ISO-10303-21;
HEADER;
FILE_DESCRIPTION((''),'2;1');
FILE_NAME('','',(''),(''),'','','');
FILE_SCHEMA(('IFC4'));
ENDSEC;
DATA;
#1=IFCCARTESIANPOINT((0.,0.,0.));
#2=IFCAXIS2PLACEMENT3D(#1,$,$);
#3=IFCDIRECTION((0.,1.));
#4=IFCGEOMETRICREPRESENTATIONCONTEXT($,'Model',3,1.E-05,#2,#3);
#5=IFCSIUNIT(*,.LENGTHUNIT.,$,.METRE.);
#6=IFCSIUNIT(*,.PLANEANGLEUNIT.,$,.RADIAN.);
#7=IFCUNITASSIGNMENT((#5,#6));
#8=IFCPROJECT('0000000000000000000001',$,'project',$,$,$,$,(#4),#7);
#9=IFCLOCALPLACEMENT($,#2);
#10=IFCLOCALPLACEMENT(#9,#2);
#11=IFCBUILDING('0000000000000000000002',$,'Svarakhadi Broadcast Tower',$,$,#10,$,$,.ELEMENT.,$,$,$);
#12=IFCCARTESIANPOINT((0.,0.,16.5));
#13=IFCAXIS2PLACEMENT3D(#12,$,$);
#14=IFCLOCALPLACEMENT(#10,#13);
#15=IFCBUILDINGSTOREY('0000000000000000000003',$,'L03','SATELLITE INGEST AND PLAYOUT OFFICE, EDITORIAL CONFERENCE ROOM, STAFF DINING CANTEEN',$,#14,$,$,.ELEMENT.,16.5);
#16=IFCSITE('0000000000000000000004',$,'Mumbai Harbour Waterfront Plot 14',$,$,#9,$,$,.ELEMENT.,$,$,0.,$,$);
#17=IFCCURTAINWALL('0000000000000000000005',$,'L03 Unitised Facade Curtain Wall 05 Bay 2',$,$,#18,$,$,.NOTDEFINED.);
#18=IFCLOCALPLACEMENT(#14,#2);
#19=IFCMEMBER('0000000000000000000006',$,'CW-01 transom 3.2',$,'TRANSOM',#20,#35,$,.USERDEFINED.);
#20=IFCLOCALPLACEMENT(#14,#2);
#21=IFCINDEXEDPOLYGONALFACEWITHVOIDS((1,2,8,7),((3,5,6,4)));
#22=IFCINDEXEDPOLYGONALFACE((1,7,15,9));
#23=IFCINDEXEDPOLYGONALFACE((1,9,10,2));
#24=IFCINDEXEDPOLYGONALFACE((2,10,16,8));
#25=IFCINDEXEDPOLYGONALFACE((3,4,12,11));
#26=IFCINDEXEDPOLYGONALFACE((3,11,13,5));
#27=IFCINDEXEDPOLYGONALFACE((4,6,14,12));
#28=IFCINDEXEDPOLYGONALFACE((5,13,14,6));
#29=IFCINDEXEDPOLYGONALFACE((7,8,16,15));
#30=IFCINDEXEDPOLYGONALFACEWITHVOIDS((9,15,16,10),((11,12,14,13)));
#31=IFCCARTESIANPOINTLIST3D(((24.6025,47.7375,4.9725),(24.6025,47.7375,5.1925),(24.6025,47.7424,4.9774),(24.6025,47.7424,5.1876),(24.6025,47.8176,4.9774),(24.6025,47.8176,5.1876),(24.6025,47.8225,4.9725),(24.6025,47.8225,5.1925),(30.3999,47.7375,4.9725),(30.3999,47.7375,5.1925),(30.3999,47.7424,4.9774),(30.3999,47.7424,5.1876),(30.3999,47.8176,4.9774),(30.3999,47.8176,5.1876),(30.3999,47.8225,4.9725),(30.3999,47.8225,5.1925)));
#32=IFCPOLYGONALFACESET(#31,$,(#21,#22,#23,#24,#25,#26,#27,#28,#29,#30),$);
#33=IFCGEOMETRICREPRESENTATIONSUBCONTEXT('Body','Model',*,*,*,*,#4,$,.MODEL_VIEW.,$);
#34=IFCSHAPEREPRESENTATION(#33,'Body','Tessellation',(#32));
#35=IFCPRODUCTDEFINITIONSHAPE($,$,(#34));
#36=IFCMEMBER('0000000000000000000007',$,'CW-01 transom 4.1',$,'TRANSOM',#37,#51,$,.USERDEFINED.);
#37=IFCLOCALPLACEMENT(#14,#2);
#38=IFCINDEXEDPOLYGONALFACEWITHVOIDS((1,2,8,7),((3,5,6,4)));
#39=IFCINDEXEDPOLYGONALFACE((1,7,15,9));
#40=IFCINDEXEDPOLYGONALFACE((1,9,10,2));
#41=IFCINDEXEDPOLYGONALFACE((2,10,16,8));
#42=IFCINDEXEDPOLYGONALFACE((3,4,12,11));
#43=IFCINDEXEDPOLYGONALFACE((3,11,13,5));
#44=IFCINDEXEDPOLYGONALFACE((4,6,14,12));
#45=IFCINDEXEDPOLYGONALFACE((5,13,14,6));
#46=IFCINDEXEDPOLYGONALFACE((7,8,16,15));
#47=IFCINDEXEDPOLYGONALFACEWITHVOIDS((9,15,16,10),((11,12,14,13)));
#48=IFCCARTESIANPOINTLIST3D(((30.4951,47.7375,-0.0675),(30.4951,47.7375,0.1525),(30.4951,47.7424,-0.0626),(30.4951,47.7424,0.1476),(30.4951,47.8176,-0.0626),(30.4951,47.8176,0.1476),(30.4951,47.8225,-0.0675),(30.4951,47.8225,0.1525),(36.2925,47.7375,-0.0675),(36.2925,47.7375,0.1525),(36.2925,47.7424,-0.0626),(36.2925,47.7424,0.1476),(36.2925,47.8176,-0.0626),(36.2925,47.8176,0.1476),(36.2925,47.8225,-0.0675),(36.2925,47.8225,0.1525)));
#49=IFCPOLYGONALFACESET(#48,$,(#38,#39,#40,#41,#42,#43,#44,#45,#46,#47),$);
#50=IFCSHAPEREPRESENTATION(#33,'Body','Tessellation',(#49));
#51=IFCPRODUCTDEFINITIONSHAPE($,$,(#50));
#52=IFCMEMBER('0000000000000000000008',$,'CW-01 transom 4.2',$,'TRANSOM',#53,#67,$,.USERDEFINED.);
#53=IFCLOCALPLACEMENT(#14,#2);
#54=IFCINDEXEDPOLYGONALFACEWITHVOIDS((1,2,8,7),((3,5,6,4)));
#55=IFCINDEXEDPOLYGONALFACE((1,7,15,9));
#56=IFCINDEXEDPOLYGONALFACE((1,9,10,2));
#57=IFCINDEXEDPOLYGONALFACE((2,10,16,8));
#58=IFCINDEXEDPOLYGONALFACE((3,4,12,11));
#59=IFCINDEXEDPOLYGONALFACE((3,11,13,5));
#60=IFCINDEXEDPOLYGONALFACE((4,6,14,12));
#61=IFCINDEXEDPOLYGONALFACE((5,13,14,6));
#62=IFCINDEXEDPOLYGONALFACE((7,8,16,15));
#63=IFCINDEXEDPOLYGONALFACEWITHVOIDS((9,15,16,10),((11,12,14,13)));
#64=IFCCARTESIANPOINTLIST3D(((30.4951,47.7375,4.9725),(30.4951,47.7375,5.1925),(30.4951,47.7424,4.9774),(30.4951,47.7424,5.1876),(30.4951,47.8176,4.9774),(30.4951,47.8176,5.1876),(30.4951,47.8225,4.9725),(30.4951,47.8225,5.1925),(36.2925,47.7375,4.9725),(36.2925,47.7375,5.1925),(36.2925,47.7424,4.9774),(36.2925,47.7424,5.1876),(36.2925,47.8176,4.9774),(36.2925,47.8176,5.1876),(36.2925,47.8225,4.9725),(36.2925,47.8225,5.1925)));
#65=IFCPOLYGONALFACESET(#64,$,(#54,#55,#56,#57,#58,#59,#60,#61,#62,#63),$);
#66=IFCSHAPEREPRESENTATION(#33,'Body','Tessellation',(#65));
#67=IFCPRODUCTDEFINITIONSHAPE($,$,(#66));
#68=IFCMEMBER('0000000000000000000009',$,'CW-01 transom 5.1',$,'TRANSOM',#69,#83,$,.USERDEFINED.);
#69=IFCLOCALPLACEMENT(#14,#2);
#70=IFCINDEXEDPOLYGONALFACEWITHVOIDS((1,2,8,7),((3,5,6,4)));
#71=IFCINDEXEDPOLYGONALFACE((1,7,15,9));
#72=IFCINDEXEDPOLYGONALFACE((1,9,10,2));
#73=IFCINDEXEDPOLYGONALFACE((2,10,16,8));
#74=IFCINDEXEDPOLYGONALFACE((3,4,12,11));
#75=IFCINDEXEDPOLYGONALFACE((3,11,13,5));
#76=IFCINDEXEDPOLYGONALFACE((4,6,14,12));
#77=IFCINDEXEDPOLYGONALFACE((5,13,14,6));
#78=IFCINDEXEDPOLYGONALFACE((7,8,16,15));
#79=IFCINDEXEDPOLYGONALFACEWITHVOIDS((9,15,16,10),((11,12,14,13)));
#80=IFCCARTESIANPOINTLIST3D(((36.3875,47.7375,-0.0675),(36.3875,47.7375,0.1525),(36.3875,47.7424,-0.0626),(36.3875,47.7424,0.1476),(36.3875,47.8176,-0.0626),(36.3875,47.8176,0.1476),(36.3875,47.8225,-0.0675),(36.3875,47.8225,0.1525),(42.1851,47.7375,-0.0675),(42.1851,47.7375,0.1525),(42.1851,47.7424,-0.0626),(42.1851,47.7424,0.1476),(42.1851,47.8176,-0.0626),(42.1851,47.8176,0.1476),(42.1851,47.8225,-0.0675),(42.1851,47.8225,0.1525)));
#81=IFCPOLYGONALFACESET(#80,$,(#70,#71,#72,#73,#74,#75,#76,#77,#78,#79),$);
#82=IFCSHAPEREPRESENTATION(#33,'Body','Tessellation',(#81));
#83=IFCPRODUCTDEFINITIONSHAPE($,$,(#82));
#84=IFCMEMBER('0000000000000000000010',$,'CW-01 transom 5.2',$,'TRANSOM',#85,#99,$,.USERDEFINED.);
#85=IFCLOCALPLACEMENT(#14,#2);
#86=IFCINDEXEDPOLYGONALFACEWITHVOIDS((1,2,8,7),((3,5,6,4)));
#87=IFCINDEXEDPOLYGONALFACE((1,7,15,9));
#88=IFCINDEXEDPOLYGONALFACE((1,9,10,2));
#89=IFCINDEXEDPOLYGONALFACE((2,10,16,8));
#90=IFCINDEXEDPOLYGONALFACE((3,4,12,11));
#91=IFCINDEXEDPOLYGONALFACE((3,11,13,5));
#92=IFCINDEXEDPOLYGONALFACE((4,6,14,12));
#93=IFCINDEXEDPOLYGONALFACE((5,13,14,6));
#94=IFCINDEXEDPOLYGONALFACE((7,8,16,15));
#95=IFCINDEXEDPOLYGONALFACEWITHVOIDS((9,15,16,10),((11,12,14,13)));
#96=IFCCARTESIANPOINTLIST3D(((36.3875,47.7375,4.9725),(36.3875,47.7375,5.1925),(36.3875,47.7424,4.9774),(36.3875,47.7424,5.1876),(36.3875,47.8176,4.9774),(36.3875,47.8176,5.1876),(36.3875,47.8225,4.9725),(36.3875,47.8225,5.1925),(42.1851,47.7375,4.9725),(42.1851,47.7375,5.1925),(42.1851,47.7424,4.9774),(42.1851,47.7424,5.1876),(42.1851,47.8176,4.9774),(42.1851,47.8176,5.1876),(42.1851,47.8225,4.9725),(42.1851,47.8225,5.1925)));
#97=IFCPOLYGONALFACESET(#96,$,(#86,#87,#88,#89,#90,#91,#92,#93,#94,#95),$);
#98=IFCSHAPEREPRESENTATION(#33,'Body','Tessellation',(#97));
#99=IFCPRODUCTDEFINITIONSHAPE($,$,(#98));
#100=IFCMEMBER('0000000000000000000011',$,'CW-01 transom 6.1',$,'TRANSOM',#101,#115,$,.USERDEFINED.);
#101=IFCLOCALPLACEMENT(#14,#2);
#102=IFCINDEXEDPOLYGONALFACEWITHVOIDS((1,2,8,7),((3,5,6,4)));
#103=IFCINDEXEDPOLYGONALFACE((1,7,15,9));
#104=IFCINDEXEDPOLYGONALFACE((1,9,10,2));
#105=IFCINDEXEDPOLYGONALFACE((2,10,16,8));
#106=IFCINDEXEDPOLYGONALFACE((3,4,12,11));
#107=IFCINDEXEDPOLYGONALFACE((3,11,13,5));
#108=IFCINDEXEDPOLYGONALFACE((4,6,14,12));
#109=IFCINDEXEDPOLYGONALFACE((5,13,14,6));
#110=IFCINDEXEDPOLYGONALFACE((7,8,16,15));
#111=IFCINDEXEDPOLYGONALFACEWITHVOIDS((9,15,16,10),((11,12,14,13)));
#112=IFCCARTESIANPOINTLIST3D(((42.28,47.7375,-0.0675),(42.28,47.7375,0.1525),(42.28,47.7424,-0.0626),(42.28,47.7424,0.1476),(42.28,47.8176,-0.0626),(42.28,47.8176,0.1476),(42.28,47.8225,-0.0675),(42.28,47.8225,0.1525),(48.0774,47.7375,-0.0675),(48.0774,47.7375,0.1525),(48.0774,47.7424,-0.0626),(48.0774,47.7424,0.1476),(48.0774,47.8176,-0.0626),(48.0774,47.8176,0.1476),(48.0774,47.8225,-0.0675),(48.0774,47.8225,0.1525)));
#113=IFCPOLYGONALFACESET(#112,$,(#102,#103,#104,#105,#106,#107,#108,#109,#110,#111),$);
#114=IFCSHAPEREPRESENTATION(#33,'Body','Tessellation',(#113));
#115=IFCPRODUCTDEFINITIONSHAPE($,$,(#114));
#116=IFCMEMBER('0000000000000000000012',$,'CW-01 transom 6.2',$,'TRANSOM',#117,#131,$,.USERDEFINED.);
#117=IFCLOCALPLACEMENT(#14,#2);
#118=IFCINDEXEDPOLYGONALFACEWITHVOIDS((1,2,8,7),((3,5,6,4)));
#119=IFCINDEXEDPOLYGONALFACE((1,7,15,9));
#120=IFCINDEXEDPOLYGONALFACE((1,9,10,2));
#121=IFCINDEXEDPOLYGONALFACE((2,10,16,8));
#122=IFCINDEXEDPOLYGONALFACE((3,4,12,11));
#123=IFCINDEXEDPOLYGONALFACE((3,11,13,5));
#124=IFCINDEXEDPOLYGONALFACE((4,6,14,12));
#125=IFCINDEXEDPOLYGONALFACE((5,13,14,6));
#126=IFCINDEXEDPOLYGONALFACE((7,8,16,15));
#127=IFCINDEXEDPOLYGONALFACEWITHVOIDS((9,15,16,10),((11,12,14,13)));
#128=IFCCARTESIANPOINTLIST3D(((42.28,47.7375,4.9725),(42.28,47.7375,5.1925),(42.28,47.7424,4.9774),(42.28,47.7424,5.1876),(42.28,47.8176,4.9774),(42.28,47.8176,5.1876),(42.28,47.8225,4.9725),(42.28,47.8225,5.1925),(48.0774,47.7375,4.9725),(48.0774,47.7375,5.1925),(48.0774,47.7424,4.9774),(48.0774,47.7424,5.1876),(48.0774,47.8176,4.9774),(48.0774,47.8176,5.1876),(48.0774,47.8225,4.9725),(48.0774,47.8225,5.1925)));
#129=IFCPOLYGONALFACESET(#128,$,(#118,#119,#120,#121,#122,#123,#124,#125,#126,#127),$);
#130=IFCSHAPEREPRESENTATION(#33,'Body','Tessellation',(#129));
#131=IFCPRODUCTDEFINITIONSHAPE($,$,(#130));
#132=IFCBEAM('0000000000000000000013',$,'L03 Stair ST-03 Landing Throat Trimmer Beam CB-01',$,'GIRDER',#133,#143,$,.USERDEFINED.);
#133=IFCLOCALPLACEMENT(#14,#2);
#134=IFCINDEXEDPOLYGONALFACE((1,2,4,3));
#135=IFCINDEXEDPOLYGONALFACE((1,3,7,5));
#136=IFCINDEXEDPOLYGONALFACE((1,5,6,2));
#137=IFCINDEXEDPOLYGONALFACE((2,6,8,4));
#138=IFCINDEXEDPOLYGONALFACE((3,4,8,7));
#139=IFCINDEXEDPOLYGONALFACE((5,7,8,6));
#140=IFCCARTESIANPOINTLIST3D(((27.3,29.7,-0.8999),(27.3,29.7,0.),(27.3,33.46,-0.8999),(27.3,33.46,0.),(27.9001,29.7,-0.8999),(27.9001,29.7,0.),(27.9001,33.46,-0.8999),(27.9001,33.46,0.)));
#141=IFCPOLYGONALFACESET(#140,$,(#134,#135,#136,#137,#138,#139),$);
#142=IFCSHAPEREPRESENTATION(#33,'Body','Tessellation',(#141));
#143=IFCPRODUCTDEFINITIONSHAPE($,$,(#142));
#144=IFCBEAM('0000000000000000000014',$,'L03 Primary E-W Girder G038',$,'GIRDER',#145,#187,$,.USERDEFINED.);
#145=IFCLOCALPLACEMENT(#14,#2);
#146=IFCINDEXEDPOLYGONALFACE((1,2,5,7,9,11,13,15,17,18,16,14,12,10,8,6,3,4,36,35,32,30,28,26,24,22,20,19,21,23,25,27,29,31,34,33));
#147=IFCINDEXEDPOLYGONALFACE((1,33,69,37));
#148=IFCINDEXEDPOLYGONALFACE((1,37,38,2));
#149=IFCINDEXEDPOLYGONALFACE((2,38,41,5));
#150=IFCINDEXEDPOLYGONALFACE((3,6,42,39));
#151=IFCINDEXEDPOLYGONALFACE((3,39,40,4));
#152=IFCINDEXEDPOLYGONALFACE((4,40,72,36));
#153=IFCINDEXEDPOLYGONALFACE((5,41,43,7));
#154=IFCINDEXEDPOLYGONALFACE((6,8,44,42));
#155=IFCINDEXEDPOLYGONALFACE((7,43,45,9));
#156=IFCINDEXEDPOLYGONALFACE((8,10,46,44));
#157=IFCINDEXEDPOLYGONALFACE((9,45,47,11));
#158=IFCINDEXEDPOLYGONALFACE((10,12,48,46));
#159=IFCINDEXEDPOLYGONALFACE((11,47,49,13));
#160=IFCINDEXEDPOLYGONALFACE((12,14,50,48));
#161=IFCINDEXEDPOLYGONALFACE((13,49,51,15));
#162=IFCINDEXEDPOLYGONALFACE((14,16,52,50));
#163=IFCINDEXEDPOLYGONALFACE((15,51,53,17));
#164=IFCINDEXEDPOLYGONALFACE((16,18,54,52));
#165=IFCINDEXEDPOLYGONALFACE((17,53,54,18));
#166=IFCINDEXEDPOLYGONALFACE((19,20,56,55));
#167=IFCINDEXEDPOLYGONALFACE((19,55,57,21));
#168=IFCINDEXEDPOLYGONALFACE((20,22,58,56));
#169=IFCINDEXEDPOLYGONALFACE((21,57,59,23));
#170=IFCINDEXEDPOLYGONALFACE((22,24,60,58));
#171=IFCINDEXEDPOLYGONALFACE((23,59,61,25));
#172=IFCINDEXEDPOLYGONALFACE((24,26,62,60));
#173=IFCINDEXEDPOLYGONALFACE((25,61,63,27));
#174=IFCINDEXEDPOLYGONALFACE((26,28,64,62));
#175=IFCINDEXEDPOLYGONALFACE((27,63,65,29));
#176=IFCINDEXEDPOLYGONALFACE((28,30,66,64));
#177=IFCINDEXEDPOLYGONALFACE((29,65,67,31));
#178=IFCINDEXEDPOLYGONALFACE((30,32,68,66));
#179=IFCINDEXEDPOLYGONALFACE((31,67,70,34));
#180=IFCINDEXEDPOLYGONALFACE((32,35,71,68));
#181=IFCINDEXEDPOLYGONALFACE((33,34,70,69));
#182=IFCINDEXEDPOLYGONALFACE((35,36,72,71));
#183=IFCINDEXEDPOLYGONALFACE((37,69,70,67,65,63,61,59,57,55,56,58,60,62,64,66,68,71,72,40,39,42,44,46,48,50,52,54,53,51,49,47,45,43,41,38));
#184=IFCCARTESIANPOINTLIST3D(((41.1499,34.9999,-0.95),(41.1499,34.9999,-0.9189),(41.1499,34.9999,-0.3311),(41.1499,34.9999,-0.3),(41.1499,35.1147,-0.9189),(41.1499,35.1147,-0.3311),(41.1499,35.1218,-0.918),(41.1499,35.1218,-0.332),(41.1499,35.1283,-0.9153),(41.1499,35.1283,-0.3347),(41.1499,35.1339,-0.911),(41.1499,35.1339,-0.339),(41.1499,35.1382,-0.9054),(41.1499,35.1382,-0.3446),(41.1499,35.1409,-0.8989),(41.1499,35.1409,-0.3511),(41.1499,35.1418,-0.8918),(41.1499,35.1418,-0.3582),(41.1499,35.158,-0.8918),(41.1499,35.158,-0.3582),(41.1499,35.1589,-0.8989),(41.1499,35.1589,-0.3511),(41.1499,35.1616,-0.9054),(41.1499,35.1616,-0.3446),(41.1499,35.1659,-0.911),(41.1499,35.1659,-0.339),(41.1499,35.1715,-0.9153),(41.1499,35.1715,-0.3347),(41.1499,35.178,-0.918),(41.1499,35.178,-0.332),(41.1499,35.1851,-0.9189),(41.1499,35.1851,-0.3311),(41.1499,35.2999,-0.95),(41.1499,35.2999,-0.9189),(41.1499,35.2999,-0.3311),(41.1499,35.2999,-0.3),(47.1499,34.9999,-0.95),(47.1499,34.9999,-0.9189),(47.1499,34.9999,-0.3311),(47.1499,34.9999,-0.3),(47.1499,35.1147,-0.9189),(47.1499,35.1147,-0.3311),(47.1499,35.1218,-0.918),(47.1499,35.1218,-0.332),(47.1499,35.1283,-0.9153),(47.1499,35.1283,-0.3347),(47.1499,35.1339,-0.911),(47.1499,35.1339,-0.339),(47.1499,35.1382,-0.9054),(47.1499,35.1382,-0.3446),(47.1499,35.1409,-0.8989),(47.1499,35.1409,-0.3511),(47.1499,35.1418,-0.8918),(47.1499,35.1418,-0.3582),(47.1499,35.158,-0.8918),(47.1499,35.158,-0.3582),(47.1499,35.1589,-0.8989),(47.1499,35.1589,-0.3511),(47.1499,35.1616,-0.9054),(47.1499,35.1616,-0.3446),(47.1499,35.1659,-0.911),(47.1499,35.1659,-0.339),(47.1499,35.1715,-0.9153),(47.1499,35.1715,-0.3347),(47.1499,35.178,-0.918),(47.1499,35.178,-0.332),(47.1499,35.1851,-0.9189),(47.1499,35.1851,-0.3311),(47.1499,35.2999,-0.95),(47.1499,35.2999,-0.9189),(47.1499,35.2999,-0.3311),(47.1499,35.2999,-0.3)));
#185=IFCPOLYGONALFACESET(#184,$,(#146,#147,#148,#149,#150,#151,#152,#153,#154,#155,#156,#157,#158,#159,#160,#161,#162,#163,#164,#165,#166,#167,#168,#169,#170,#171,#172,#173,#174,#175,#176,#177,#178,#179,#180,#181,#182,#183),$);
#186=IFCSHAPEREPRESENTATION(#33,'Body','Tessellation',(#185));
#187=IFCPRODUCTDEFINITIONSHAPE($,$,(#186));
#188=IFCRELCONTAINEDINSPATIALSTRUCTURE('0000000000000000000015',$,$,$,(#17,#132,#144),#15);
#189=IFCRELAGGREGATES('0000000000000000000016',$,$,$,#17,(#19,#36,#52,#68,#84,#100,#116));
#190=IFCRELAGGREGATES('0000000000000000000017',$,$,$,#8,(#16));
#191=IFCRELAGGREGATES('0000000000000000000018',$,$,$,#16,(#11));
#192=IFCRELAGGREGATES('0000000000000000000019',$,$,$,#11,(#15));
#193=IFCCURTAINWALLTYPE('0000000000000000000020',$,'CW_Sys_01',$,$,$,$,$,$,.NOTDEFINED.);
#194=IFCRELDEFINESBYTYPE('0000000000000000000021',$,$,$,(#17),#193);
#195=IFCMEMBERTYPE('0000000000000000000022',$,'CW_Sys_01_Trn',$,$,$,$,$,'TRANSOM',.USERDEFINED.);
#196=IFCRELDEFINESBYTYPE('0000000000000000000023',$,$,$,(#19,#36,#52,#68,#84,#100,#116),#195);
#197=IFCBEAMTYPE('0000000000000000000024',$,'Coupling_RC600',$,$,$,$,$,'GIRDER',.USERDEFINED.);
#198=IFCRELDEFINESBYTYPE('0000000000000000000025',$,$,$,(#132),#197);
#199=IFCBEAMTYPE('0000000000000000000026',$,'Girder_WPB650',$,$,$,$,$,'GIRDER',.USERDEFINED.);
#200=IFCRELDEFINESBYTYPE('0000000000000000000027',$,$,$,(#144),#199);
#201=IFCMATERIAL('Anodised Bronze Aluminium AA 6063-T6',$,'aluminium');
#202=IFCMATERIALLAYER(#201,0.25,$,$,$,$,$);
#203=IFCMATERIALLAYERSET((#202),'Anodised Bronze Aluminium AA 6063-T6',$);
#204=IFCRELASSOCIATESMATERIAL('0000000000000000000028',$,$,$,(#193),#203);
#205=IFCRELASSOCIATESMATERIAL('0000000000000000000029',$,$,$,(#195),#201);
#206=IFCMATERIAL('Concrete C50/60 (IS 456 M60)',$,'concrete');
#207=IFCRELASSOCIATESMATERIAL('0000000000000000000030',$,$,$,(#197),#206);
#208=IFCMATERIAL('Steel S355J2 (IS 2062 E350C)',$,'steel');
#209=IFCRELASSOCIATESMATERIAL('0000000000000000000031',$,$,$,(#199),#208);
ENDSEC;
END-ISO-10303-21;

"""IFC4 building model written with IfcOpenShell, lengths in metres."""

from ifc_helpers import new_model, si_unit, direction, frame, origin, origin_2d, place, context, subcontext, project, spatial, rectangle, hollow_rectangle, i_section, extrude, material, layer, layer_set, material_profile, profile_set, type_object, element, aggregate, save


model = new_model("IFC4")

# Units and contexts
model_context = context("Model", 3, precision=1e-05, world=origin(), true_north=direction((0.0, 1.0)))
body_context = subcontext(model_context, "Body", "Model", "MODEL_VIEW")
ifc_project = project(units=[si_unit("LENGTHUNIT", "METRE"), si_unit("PLANEANGLEUNIT", "RADIAN")], contexts=[model_context])

# Site, building, storey
site_placement = place(None, origin())
site = spatial("IfcSite", under=ifc_project, at=site_placement, Name="Mumbai Harbour Waterfront Plot 14", CompositionType="ELEMENT", RefElevation=0.0)
building_placement = place(site_placement, origin())
building = spatial("IfcBuilding", under=site, at=building_placement, Name="Svarakhadi Broadcast Tower", CompositionType="ELEMENT")
storey_placement = place(building_placement, frame((0.0, 0.0, 16.5)))
storey = spatial("IfcBuildingStorey", under=building, at=storey_placement, Name="L03", Description="SATELLITE INGEST AND PLAYOUT OFFICE, EDITORIAL CONFERENCE ROOM, STAFF DINING CANTEEN", CompositionType="ELEMENT", Elevation=16.5)

# Shared definitions
ifc_material_1 = material(Name="Steel S355J2 (IS 2062 E350C)", Category="steel")

# Curtain wall, members
ifc_material_2 = material(Name="Anodised Bronze Aluminium AA 6063-T6", Category="aluminium")
ifc_layer_1 = layer(ifc_material_2, 0.25)
ifc_layer_set_1 = layer_set([ifc_layer_1], Name="Anodised Bronze Aluminium AA 6063-T6")
curtain_wall_type = type_object("IfcCurtainWallType", Name="CW_Sys_01", PredefinedType="NOTDEFINED", material=ifc_layer_set_1)
curtain_wall_placement = place(storey_placement, origin())
curtain_wall = element("IfcCurtainWall", 1, at=curtain_wall_placement, inside=storey, type_object=curtain_wall_type, Name="L03 Unitised Facade Curtain Wall 05 Bay 2", PredefinedType="NOTDEFINED")
ifc_material_profile_1 = material_profile(ifc_material_2, hollow_rectangle(XDim=0.085, YDim=0.22, WallThickness=0.0049, at=origin_2d()), Name="ALU TRANSOM 220x85x5")
ifc_profile_set_1 = profile_set([ifc_material_profile_1], Name="Anodised Bronze Aluminium AA 6063-T6")
member_type_1 = type_object("IfcMemberType", Name="CW_Sys_01_Trn", ElementType="TRANSOM", PredefinedType="USERDEFINED", material=ifc_profile_set_1)
member_1_placement = place(storey_placement, frame((24.6025, 47.78, 5.0825), z_axis=(1.0, 0.0, 0.0), x_axis=(0.0, 1.0, 0.0)))
member_1 = element("IfcMember", 2, at=member_1_placement, type_object=member_type_1, Name="CW-01 transom 3.2", ObjectType="TRANSOM", PredefinedType="USERDEFINED", context=body_context, shape_type="SweptSolid", body=[
    extrude(hollow_rectangle(XDim=0.085, YDim=0.22, WallThickness=0.0049, at=origin_2d()), origin(), (0.0, 0.0, 1.0), 5.7974),
])
member_2_placement = place(storey_placement, frame((30.4951, 47.78, 0.0425), z_axis=(1.0, 0.0, 0.0), x_axis=(0.0, 1.0, 0.0)))
member_2 = element("IfcMember", 3, at=member_2_placement, type_object=member_type_1, Name="CW-01 transom 4.1", ObjectType="TRANSOM", PredefinedType="USERDEFINED", context=body_context, shape_type="SweptSolid", body=[
    extrude(hollow_rectangle(XDim=0.085, YDim=0.22, WallThickness=0.0049, at=origin_2d()), origin(), (0.0, 0.0, 1.0), 5.7974),
])
member_3_placement = place(storey_placement, frame((30.4951, 47.78, 5.0825), z_axis=(1.0, 0.0, 0.0), x_axis=(0.0, 1.0, 0.0)))
member_3 = element("IfcMember", 4, at=member_3_placement, type_object=member_type_1, Name="CW-01 transom 4.2", ObjectType="TRANSOM", PredefinedType="USERDEFINED", context=body_context, shape_type="SweptSolid", body=[
    extrude(hollow_rectangle(XDim=0.085, YDim=0.22, WallThickness=0.0049, at=origin_2d()), origin(), (0.0, 0.0, 1.0), 5.7974),
])
member_4_placement = place(storey_placement, frame((36.3875, 47.78, 0.0425), z_axis=(1.0, 0.0, 0.0), x_axis=(0.0, 1.0, 0.0)))
member_4 = element("IfcMember", 5, at=member_4_placement, type_object=member_type_1, Name="CW-01 transom 5.1", ObjectType="TRANSOM", PredefinedType="USERDEFINED", context=body_context, shape_type="SweptSolid", body=[
    extrude(hollow_rectangle(XDim=0.085, YDim=0.22, WallThickness=0.0049, at=origin_2d()), origin(), (0.0, 0.0, 1.0), 5.7976),
])
member_5_placement = place(storey_placement, frame((36.3875, 47.78, 5.0825), z_axis=(1.0, 0.0, 0.0), x_axis=(0.0, 1.0, 0.0)))
member_5 = element("IfcMember", 6, at=member_5_placement, type_object=member_type_1, Name="CW-01 transom 5.2", ObjectType="TRANSOM", PredefinedType="USERDEFINED", context=body_context, shape_type="SweptSolid", body=[
    extrude(hollow_rectangle(XDim=0.085, YDim=0.22, WallThickness=0.0049, at=origin_2d()), origin(), (0.0, 0.0, 1.0), 5.7976),
])
member_6_placement = place(storey_placement, frame((42.28, 47.78, 0.0425), z_axis=(1.0, 0.0, 0.0), x_axis=(0.0, 1.0, 0.0)))
member_6 = element("IfcMember", 7, at=member_6_placement, type_object=member_type_1, Name="CW-01 transom 6.1", ObjectType="TRANSOM", PredefinedType="USERDEFINED", context=body_context, shape_type="SweptSolid", body=[
    extrude(hollow_rectangle(XDim=0.085, YDim=0.22, WallThickness=0.0049, at=origin_2d()), origin(), (0.0, 0.0, 1.0), 5.7974),
])
member_7_placement = place(storey_placement, frame((42.28, 47.78, 5.0825), z_axis=(1.0, 0.0, 0.0), x_axis=(0.0, 1.0, 0.0)))
member_7 = element("IfcMember", 8, at=member_7_placement, type_object=member_type_1, Name="CW-01 transom 6.2", ObjectType="TRANSOM", PredefinedType="USERDEFINED", context=body_context, shape_type="SweptSolid", body=[
    extrude(hollow_rectangle(XDim=0.085, YDim=0.22, WallThickness=0.0049, at=origin_2d()), origin(), (0.0, 0.0, 1.0), 5.7974),
])

# Beams
ifc_material_3 = material(Name="Concrete C50/60 (IS 456 M60)", Category="concrete")
ifc_material_profile_2 = material_profile(ifc_material_3, rectangle(XDim=0.6001, YDim=0.8999, at=origin_2d()), Name="RC 600x900")
ifc_profile_set_2 = profile_set([ifc_material_profile_2], Name="Concrete C50/60 (IS 456 M60)")
beam_type_1 = type_object("IfcBeamType", Name="Coupling_RC600", ElementType="GIRDER", PredefinedType="USERDEFINED", material=ifc_profile_set_2)
beam_1_placement = place(storey_placement, frame((27.6001, 29.7, -0.45), z_axis=(0.0, 1.0, 0.0), x_axis=(-1.0, 0.0, 0.0)))
element("IfcBeam", 9, at=beam_1_placement, inside=storey, type_object=beam_type_1, Name="L03 Stair ST-03 Landing Throat Trimmer Beam CB-01", ObjectType="GIRDER", PredefinedType="USERDEFINED", context=body_context, shape_type="SweptSolid", body=[
    extrude(rectangle(XDim=0.6001, YDim=0.8999, at=origin_2d()), origin(), (0.0, 0.0, 1.0), 3.76),
])
ifc_material_profile_3 = material_profile(ifc_material_1, i_section(OverallWidth=0.3, OverallDepth=0.6499, WebThickness=0.0161, FlangeThickness=0.031, FilletRadius=0.0271, at=origin_2d()), Name="WPB 650x300x225")
ifc_profile_set_3 = profile_set([ifc_material_profile_3], Name="Steel S355J2 (IS 2062 E350C)")
beam_type_2 = type_object("IfcBeamType", Name="Girder_WPB650", ElementType="GIRDER", PredefinedType="USERDEFINED", material=ifc_profile_set_3)
beam_2_placement = place(storey_placement, frame((41.1499, 35.1499, -0.625), z_axis=(1.0, 0.0, 0.0), x_axis=(0.0, 1.0, 0.0)))
element("IfcBeam", 10, at=beam_2_placement, inside=storey, type_object=beam_type_2, Name="L03 Primary E-W Girder G038", ObjectType="GIRDER", PredefinedType="USERDEFINED", context=body_context, shape_type="SweptSolid", body=[
    extrude(i_section(OverallWidth=0.3, OverallDepth=0.6499, WebThickness=0.0161, FlangeThickness=0.031, FilletRadius=0.0271, at=origin_2d()), origin(), (0.0, 0.0, 1.0), 6.0),
])

aggregate(curtain_wall, [member_1, member_2, member_3, member_4, member_5, member_6, member_7])

save(model, "model.ifc")
